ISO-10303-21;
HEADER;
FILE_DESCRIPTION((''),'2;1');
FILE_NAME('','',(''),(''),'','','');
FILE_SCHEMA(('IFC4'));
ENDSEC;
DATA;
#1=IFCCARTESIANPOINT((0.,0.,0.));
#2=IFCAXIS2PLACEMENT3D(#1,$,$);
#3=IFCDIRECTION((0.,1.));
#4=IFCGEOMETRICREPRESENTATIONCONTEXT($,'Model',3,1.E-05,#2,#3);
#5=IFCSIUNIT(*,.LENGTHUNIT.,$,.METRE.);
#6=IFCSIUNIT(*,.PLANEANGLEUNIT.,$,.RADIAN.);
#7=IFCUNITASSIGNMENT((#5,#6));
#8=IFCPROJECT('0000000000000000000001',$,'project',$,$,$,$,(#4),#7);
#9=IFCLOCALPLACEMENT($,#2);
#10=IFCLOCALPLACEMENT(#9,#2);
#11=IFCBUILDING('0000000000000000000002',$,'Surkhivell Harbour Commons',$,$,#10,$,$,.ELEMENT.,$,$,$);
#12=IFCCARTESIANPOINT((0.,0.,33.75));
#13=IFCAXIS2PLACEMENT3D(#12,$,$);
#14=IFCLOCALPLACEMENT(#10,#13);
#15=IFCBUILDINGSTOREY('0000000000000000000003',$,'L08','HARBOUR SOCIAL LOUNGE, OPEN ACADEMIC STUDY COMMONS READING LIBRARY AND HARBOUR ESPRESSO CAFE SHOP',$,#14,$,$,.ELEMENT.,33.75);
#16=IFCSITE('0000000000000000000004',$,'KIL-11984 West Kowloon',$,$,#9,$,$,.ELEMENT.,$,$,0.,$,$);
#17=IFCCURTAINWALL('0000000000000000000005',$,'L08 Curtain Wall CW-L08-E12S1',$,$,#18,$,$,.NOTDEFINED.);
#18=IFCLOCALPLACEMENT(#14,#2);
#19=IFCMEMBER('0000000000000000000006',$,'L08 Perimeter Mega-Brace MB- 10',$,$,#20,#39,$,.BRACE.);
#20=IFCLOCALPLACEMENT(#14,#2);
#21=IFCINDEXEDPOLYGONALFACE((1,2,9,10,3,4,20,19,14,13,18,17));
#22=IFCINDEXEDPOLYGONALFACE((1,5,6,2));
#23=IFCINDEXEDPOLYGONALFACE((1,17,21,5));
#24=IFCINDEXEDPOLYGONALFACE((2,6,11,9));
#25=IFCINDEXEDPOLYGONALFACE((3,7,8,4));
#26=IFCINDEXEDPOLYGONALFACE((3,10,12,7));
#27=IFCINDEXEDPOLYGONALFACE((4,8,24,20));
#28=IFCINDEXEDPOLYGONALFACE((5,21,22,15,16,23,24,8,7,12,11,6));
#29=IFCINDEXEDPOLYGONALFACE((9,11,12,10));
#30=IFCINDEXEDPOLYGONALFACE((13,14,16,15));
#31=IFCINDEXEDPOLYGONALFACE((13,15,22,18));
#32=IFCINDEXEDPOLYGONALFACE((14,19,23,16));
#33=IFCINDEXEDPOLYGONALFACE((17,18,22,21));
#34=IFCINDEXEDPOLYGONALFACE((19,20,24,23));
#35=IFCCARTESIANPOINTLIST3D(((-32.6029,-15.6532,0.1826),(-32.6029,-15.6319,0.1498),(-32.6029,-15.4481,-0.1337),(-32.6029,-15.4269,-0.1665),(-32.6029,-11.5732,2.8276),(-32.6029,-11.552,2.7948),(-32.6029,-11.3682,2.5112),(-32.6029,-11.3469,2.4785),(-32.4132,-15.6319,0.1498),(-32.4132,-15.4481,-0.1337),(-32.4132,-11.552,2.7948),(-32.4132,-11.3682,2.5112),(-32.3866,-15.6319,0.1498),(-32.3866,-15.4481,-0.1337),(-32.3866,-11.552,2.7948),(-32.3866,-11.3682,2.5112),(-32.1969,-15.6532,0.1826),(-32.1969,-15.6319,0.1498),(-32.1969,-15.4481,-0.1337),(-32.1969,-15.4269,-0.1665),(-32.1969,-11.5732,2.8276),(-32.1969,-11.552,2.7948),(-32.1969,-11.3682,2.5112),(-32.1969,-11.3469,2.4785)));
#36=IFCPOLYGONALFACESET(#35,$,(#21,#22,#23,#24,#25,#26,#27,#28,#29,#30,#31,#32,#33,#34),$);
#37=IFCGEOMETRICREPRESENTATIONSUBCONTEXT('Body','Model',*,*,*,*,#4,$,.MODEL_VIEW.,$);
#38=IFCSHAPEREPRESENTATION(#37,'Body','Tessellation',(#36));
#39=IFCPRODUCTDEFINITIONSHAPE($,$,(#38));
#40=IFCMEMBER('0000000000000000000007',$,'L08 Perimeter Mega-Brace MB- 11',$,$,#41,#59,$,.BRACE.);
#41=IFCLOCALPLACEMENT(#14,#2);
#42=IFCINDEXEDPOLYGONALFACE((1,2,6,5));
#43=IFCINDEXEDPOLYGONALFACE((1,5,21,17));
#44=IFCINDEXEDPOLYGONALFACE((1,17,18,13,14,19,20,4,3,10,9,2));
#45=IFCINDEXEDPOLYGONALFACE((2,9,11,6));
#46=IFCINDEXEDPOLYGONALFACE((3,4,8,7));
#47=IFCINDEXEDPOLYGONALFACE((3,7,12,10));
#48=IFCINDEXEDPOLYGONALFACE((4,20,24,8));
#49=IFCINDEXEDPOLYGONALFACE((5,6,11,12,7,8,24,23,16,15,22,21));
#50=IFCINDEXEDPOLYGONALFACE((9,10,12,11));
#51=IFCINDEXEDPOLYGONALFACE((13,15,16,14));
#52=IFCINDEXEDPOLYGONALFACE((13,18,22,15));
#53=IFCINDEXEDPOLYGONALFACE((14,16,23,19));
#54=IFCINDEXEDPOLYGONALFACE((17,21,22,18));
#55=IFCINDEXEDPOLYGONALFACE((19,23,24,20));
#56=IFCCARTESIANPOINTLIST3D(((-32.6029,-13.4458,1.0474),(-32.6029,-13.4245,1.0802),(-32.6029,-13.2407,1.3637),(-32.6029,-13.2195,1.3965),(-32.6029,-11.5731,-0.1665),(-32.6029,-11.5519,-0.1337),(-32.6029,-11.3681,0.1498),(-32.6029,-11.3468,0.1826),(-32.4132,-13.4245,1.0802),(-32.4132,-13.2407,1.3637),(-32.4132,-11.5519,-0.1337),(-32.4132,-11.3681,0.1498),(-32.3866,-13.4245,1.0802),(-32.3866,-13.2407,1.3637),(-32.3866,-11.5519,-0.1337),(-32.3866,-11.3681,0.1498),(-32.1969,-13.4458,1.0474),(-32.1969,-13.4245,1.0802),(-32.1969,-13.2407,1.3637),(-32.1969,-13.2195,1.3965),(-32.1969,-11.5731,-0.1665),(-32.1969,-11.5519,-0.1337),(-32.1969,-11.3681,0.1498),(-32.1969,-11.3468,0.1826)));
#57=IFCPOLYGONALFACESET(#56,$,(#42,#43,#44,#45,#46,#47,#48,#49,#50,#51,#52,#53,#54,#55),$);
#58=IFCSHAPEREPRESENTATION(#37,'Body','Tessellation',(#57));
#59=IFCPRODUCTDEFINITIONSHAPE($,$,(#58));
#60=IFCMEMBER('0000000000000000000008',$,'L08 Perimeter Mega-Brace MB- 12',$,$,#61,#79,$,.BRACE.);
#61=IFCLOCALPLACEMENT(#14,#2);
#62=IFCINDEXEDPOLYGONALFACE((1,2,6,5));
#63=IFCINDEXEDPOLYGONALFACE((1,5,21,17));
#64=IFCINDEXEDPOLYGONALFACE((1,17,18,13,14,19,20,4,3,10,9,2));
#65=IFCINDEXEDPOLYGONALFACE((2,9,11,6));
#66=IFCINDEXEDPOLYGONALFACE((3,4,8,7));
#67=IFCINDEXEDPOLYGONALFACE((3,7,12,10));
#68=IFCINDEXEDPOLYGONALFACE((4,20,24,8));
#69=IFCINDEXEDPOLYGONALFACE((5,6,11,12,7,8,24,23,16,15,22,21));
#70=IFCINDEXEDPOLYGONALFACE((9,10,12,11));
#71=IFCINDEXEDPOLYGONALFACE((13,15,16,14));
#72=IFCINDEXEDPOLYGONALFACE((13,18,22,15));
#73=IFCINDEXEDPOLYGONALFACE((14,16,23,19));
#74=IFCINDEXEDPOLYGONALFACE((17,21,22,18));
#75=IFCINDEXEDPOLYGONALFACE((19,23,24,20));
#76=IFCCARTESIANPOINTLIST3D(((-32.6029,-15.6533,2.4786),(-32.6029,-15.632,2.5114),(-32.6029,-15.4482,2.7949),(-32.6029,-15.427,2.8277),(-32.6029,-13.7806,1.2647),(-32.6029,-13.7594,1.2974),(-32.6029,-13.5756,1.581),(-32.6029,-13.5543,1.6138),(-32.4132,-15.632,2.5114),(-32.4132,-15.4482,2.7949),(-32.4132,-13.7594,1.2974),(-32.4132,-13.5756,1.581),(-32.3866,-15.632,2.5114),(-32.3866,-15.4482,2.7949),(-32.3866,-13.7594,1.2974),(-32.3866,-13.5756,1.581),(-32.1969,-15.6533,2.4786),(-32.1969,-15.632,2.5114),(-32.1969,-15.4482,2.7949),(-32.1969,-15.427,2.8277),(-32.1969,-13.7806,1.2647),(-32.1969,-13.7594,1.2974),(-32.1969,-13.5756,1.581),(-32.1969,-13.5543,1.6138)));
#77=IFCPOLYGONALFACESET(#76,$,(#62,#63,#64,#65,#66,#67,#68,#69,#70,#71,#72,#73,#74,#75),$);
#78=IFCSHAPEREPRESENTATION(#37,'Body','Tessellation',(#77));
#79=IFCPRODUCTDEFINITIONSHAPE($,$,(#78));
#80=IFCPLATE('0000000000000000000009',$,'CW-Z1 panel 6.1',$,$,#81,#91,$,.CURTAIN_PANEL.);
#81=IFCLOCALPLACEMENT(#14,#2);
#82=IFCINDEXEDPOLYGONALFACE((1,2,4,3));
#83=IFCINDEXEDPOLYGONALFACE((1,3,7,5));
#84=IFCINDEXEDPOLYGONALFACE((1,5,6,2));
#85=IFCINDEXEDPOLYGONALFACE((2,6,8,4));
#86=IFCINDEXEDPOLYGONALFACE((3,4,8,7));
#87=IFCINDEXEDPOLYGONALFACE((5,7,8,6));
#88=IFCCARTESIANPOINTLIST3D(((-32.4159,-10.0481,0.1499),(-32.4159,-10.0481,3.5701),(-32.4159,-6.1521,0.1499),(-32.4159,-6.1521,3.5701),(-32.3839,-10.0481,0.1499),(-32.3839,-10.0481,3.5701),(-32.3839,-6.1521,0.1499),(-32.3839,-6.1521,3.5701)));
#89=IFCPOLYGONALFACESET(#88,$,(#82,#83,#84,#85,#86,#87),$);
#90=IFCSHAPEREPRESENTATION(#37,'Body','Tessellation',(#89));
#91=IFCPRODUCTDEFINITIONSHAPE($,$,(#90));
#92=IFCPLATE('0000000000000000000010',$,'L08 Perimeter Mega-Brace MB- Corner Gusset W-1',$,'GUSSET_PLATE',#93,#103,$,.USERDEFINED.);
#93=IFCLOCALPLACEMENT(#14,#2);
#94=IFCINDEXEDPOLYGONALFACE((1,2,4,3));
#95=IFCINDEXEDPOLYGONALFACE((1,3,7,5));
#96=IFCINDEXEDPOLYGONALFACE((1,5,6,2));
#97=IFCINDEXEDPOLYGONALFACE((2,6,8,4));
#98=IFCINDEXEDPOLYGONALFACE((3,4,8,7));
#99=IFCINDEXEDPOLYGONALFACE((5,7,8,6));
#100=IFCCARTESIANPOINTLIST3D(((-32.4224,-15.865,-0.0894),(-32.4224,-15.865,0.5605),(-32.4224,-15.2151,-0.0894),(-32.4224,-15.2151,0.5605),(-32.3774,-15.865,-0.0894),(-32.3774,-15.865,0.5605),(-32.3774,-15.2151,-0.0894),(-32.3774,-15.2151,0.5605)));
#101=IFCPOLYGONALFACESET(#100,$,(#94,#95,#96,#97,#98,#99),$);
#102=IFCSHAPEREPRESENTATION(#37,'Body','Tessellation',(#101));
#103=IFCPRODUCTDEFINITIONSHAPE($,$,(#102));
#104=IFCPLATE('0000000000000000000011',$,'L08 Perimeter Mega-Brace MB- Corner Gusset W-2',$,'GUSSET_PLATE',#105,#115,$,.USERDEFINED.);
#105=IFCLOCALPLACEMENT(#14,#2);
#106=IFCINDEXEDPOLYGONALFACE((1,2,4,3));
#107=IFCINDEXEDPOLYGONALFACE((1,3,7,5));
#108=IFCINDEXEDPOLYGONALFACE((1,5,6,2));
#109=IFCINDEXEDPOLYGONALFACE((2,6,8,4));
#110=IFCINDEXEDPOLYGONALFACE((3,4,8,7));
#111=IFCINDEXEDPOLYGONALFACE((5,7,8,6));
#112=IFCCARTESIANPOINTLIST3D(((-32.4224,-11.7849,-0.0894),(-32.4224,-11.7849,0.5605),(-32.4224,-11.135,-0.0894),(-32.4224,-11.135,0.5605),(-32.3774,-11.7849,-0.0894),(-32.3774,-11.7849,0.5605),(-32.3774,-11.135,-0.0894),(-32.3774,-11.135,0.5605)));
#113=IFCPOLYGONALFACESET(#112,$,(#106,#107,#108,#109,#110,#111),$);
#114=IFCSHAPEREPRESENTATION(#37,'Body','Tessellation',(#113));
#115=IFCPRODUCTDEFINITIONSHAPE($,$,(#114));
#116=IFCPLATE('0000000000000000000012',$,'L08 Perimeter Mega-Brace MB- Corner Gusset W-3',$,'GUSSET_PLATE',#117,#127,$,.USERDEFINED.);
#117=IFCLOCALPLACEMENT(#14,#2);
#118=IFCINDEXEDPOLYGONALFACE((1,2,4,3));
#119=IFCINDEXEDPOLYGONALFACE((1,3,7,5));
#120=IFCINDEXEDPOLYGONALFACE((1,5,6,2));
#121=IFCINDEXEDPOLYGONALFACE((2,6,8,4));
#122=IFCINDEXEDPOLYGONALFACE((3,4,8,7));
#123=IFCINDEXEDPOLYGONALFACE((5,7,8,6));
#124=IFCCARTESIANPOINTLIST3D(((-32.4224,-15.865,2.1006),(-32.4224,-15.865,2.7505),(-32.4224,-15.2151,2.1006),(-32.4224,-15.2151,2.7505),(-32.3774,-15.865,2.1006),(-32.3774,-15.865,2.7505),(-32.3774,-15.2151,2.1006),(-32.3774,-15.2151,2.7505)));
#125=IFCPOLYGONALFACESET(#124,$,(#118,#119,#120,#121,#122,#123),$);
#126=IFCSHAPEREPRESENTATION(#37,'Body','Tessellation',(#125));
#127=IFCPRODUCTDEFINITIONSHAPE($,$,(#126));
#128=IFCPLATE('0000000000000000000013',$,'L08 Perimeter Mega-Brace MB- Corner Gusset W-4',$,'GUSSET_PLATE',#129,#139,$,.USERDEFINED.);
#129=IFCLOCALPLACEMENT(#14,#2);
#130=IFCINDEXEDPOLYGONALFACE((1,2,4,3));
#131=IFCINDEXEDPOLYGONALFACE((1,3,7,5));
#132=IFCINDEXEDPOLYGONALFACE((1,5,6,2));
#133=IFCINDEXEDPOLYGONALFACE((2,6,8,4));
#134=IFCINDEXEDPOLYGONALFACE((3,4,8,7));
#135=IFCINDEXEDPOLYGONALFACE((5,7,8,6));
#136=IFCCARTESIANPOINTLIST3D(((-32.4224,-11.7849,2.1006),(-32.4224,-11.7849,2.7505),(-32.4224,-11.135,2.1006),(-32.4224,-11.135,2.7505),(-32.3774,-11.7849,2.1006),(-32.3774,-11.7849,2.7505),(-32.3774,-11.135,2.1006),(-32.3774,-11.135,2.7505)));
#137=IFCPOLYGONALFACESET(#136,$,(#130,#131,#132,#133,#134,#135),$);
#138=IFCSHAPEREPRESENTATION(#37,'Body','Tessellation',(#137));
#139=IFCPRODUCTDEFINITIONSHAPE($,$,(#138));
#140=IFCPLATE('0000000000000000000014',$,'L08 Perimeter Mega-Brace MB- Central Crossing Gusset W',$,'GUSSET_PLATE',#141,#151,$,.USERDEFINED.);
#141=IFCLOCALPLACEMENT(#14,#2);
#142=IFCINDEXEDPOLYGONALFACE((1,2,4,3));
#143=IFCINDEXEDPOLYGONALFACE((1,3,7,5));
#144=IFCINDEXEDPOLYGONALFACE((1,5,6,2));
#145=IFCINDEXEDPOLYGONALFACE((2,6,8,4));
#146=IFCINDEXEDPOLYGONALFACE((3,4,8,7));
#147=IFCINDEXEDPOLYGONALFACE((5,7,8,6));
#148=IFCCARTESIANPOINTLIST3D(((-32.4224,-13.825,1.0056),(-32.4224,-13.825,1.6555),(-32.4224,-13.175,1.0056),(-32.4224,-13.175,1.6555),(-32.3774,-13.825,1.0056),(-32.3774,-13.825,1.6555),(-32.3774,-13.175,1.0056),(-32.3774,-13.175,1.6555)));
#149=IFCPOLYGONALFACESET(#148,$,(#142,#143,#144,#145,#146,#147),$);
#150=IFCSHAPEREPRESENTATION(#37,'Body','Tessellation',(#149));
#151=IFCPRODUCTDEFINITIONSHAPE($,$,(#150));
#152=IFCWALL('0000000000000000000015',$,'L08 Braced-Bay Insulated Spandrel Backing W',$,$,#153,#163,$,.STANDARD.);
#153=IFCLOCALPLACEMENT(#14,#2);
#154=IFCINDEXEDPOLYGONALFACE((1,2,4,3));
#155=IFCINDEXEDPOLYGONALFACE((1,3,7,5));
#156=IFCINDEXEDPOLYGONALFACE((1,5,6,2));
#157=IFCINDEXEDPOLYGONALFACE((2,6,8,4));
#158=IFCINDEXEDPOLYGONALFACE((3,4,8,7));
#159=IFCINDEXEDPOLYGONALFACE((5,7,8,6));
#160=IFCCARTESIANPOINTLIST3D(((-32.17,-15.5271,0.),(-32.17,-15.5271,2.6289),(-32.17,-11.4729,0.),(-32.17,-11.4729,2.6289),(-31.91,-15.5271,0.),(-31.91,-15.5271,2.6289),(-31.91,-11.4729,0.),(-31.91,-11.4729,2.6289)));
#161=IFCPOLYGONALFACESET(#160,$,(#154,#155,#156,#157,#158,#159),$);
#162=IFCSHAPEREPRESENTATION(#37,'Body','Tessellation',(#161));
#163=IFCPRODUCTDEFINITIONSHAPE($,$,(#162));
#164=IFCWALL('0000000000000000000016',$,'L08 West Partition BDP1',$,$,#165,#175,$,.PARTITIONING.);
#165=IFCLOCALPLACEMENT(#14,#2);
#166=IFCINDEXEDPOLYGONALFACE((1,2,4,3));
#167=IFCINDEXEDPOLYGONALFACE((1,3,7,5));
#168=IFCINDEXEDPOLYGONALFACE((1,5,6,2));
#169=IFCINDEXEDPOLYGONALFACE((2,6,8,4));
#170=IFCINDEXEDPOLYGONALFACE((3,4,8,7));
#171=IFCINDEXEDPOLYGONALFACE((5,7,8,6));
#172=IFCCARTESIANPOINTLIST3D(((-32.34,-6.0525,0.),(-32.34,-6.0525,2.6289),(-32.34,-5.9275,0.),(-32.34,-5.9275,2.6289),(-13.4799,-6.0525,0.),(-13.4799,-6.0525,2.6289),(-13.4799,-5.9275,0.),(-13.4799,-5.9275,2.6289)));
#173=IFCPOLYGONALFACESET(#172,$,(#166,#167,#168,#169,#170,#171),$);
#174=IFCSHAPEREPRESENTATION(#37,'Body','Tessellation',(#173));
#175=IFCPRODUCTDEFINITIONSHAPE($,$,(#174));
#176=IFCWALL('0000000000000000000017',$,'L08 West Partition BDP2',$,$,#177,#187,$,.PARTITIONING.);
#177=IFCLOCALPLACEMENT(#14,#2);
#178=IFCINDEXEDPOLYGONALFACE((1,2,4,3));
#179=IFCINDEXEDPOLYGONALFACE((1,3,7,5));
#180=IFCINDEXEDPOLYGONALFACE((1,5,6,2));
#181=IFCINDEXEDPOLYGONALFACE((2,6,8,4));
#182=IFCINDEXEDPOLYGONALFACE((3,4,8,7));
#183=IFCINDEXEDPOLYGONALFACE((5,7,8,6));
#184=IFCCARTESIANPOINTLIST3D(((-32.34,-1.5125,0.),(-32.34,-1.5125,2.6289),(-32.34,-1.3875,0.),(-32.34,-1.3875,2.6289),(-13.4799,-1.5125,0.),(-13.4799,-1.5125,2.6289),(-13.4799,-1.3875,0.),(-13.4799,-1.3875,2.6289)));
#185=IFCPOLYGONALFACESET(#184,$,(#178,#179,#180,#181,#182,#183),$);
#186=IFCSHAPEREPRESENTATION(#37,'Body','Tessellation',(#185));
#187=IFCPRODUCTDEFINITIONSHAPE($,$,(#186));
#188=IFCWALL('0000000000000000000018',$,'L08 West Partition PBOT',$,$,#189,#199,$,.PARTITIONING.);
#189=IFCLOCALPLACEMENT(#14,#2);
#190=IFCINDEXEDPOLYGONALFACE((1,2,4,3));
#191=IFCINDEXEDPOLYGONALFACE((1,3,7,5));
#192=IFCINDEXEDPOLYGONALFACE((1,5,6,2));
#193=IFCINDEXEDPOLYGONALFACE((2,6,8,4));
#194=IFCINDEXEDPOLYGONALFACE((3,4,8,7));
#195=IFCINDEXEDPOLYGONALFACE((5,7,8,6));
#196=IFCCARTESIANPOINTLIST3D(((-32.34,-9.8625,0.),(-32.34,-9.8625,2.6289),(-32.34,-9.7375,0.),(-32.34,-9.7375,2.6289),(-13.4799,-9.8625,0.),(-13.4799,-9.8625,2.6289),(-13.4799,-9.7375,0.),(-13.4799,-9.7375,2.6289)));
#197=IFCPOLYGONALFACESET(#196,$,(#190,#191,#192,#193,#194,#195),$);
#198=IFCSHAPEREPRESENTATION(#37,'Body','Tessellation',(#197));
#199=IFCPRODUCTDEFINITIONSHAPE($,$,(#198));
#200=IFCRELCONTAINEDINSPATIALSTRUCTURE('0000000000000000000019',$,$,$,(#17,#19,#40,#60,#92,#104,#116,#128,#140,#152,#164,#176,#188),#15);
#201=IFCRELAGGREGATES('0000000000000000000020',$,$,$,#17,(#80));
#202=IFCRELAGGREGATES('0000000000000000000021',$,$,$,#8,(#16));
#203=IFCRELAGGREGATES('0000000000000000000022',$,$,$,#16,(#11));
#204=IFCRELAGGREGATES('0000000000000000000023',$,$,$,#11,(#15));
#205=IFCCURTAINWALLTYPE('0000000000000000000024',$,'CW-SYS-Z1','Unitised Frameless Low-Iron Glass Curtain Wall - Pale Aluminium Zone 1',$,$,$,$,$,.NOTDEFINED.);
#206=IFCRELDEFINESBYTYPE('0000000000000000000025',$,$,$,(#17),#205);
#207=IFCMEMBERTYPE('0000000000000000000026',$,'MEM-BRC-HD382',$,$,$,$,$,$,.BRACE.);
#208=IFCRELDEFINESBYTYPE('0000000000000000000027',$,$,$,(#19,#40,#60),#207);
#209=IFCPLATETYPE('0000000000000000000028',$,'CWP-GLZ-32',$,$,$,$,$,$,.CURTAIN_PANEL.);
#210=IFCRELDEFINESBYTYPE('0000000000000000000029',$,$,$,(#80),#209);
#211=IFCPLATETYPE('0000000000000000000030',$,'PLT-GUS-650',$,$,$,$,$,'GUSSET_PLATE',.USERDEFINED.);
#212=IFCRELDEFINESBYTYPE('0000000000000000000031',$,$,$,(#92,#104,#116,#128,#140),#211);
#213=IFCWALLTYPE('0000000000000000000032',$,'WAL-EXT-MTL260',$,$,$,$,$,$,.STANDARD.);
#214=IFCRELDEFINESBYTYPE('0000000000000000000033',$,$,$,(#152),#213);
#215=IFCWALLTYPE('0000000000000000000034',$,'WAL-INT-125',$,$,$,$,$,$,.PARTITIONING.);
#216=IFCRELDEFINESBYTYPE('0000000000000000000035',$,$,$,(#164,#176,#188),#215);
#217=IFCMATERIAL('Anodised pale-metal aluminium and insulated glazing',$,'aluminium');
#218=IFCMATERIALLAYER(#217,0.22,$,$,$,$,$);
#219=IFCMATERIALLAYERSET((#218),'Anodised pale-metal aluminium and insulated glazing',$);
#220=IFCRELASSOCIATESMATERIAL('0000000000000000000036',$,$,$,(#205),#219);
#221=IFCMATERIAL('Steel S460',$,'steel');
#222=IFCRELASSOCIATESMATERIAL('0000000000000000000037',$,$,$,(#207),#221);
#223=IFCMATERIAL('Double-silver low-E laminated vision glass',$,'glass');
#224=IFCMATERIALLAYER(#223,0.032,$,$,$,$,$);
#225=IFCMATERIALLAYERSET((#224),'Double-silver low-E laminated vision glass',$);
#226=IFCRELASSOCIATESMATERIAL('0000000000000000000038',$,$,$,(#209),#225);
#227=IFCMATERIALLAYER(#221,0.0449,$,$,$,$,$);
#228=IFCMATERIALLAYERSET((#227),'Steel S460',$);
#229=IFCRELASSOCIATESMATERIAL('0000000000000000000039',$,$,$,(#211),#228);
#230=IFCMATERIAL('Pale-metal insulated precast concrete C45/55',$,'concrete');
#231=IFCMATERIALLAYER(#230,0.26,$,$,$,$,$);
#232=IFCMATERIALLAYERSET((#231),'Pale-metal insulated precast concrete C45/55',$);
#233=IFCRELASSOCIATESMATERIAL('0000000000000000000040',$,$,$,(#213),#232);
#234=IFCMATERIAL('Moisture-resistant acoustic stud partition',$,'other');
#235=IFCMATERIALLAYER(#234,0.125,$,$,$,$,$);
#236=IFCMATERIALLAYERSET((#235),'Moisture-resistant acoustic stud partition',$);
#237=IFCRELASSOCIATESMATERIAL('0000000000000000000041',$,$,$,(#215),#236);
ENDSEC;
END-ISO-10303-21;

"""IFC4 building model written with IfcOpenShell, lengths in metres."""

from ifc_helpers import new_model, si_unit, direction, frame, frame_2d, origin, origin_2d, place, context, subcontext, project, spatial, rectangle, i_section, extrude, material, layer, layer_set, material_profile, profile_set, type_object, element, aggregate, save


model = new_model("IFC4")

# Units and contexts
model_context = context("Model", 3, precision=1e-05, world=origin(), true_north=direction((0.0, 1.0)))
body_context = subcontext(model_context, "Body", "Model", "MODEL_VIEW")
ifc_project = project(units=[si_unit("LENGTHUNIT", "METRE"), si_unit("PLANEANGLEUNIT", "RADIAN")], contexts=[model_context])

# Site, building, storey
site_placement = place(None, origin())
site = spatial("IfcSite", under=ifc_project, at=site_placement, Name="KIL-11984 West Kowloon", CompositionType="ELEMENT", RefElevation=0.0)
building_placement = place(site_placement, origin())
building = spatial("IfcBuilding", under=site, at=building_placement, Name="Surkhivell Harbour Commons", CompositionType="ELEMENT")
storey_placement = place(building_placement, frame((0.0, 0.0, 33.75)))
storey = spatial("IfcBuildingStorey", under=building, at=storey_placement, Name="L08", Description="HARBOUR SOCIAL LOUNGE, OPEN ACADEMIC STUDY COMMONS READING LIBRARY AND HARBOUR ESPRESSO CAFE SHOP", CompositionType="ELEMENT", Elevation=33.75)

# Shared definitions
ifc_material_1 = material(Name="Steel S460", Category="steel")

# Curtain wall
ifc_material_2 = material(Name="Anodised pale-metal aluminium and insulated glazing", Category="aluminium")
ifc_layer_1 = layer(ifc_material_2, 0.22)
ifc_layer_set_1 = layer_set([ifc_layer_1], Name="Anodised pale-metal aluminium and insulated glazing")
curtain_wall_type = type_object("IfcCurtainWallType", Name="CW-SYS-Z1", Description="Unitised Frameless Low-Iron Glass Curtain Wall - Pale Aluminium Zone 1", PredefinedType="NOTDEFINED", material=ifc_layer_set_1)
curtain_wall_placement = place(storey_placement, origin())
curtain_wall = element("IfcCurtainWall", 1, at=curtain_wall_placement, inside=storey, type_object=curtain_wall_type, Name="L08 Curtain Wall CW-L08-E12S1", PredefinedType="NOTDEFINED")

# Members
ifc_material_profile_1 = material_profile(ifc_material_1, i_section(OverallWidth=0.406, OverallDepth=0.416, WebThickness=0.0266, FlangeThickness=0.0391, at=origin_2d()), Name="HD400x382")
ifc_profile_set_1 = profile_set([ifc_material_profile_1], Name="Steel S460")
member_type_1 = type_object("IfcMemberType", Name="MEM-BRC-HD382", PredefinedType="BRACE", material=ifc_profile_set_1)
member_1_placement = place(storey_placement, frame((-32.3999, -15.54, 0.0081), z_axis=(0.0, 0.839104, 0.543971), x_axis=(-1.0, 0.0, 0.0)))
element("IfcMember", 2, at=member_1_placement, inside=storey, type_object=member_type_1, Name="L08 Perimeter Mega-Brace MB- 10", PredefinedType="BRACE", context=body_context, shape_type="SweptSolid", body=[
    extrude(i_section(OverallWidth=0.406, OverallDepth=0.416, WebThickness=0.0266, FlangeThickness=0.0391, at=origin_2d()), origin(), (0.0, 0.0, 1.0), 4.8623),
])
for number, where, z_axis, x_axis, name in (
    (3, (-32.3999, -11.46, 0.0081), (0.0, -0.839118, 0.54395), (1.0, 0.0, 0.0), "L08 Perimeter Mega-Brace MB- 11"),
    (4, (-32.3999, -13.6675, 1.4392), (0.0, -0.839118, 0.54395), (1.0, 0.0, 0.0), "L08 Perimeter Mega-Brace MB- 12"),
):
    element("IfcMember", number, at=place(storey_placement, frame(where, z_axis=z_axis, x_axis=x_axis)), inside=storey, type_object=member_type_1, Name=name, PredefinedType="BRACE", context=body_context, shape_type="SweptSolid", body=[
        extrude(i_section(OverallWidth=0.406, OverallDepth=0.416, WebThickness=0.0266, FlangeThickness=0.0391, at=origin_2d()), origin(), (0.0, 0.0, 1.0), 2.2317),
    ])

# Plate
ifc_material_3 = material(Name="Double-silver low-E laminated vision glass", Category="glass")
ifc_layer_2 = layer(ifc_material_3, 0.032)
ifc_layer_set_2 = layer_set([ifc_layer_2], Name="Double-silver low-E laminated vision glass")
plate_type_1 = type_object("IfcPlateType", Name="CWP-GLZ-32", PredefinedType="CURTAIN_PANEL", material=ifc_layer_set_2)
plate_placement = place(storey_placement, frame((-32.3999, -6.1521, 0.1499), z_axis=(0.0, 0.0, 1.0), x_axis=(0.0, -1.0, 0.0)))
plate = element("IfcPlate", 5, at=plate_placement, type_object=plate_type_1, Name="CW-Z1 panel 6.1", PredefinedType="CURTAIN_PANEL", context=body_context, shape_type="SweptSolid", body=[
    extrude(rectangle(XDim=3.896, YDim=0.032, at=frame_2d((1.948, 0.0))), origin(), (0.0, 0.0, 1.0), 3.4202),
])
aggregate(curtain_wall, [plate])

# Plates
ifc_layer_3 = layer(ifc_material_1, 0.0449)
ifc_layer_set_3 = layer_set([ifc_layer_3], Name="Steel S460")
plate_type_2 = type_object("IfcPlateType", Name="PLT-GUS-650", ElementType="GUSSET_PLATE", PredefinedType="USERDEFINED", material=ifc_layer_set_3)
for number, where, z_axis, x_axis, name in (
    (6, (-32.3999, -15.54, -0.0894), (0.0, 0.0, 1.0), (0.0, 1.0, 0.0), "L08 Perimeter Mega-Brace MB- Corner Gusset W-1"),
    (7, (-32.3999, -11.46, -0.0894), (0.0, 0.0, 1.0), (0.0, 1.0, 0.0), "L08 Perimeter Mega-Brace MB- Corner Gusset W-2"),
    (8, (-32.3999, -15.54, 2.1006), (0.0, 0.0, 1.0), (0.0, 1.0, 0.0), "L08 Perimeter Mega-Brace MB- Corner Gusset W-3"),
    (9, (-32.3999, -11.46, 2.1006), (0.0, 0.0, 1.0), (0.0, 1.0, 0.0), "L08 Perimeter Mega-Brace MB- Corner Gusset W-4"),
    (10, (-32.3999, -13.5, 1.0056), (0.0, 0.0, 1.0), (0.0, 1.0, 0.0), "L08 Perimeter Mega-Brace MB- Central Crossing Gusset W"),
):
    element("IfcPlate", number, at=place(storey_placement, frame(where, z_axis=z_axis, x_axis=x_axis)), inside=storey, type_object=plate_type_2, Name=name, ObjectType="GUSSET_PLATE", PredefinedType="USERDEFINED", context=body_context, shape_type="SweptSolid", body=[
        extrude(rectangle(XDim=0.6499, YDim=0.0449, at=origin_2d()), origin(), (0.0, 0.0, 1.0), 0.6499),
    ])

# Walls
ifc_material_4 = material(Name="Pale-metal insulated precast concrete C45/55", Category="concrete")
ifc_layer_4 = layer(ifc_material_4, 0.26)
ifc_layer_set_4 = layer_set([ifc_layer_4], Name="Pale-metal insulated precast concrete C45/55")
wall_type_1 = type_object("IfcWallType", Name="WAL-EXT-MTL260", PredefinedType="STANDARD", material=ifc_layer_set_4)
wall_placement = place(storey_placement, frame((-32.04, -11.4729, 0.0), z_axis=(0.0, 0.0, 1.0), x_axis=(0.0, -1.0, 0.0)))
element("IfcWall", 11, at=wall_placement, inside=storey, type_object=wall_type_1, Name="L08 Braced-Bay Insulated Spandrel Backing W", PredefinedType="STANDARD", context=body_context, shape_type="SweptSolid", body=[
    extrude(rectangle(XDim=4.0542, YDim=0.26, at=frame_2d((2.0271, 0.0))), origin(), (0.0, 0.0, 1.0), 2.6289),
])
ifc_material_5 = material(Name="Moisture-resistant acoustic stud partition", Category="other")
ifc_layer_5 = layer(ifc_material_5, 0.125)
ifc_layer_set_5 = layer_set([ifc_layer_5], Name="Moisture-resistant acoustic stud partition")
wall_type_2 = type_object("IfcWallType", Name="WAL-INT-125", PredefinedType="PARTITIONING", material=ifc_layer_set_5)
for number, where, z_axis, x_axis, name in (
    (12, (-32.3401, -5.99, 0.0), (0.0, 0.0, 1.0), (1.0, 0.0, 0.0), "L08 West Partition BDP1"),
    (13, (-32.3401, -1.45, 0.0), (0.0, 0.0, 1.0), (1.0, 0.0, 0.0), "L08 West Partition BDP2"),
    (14, (-32.3401, -9.8, 0.0), (0.0, 0.0, 1.0), (1.0, 0.0, 0.0), "L08 West Partition PBOT"),
):
    element("IfcWall", number, at=place(storey_placement, frame(where, z_axis=z_axis, x_axis=x_axis)), inside=storey, type_object=wall_type_2, Name=name, PredefinedType="PARTITIONING", context=body_context, shape_type="SweptSolid", body=[
        extrude(rectangle(XDim=18.8601, YDim=0.125, at=frame_2d((9.4302, 0.0))), origin(), (0.0, 0.0, 1.0), 2.6289),
    ])

save(model, "model.ifc")
